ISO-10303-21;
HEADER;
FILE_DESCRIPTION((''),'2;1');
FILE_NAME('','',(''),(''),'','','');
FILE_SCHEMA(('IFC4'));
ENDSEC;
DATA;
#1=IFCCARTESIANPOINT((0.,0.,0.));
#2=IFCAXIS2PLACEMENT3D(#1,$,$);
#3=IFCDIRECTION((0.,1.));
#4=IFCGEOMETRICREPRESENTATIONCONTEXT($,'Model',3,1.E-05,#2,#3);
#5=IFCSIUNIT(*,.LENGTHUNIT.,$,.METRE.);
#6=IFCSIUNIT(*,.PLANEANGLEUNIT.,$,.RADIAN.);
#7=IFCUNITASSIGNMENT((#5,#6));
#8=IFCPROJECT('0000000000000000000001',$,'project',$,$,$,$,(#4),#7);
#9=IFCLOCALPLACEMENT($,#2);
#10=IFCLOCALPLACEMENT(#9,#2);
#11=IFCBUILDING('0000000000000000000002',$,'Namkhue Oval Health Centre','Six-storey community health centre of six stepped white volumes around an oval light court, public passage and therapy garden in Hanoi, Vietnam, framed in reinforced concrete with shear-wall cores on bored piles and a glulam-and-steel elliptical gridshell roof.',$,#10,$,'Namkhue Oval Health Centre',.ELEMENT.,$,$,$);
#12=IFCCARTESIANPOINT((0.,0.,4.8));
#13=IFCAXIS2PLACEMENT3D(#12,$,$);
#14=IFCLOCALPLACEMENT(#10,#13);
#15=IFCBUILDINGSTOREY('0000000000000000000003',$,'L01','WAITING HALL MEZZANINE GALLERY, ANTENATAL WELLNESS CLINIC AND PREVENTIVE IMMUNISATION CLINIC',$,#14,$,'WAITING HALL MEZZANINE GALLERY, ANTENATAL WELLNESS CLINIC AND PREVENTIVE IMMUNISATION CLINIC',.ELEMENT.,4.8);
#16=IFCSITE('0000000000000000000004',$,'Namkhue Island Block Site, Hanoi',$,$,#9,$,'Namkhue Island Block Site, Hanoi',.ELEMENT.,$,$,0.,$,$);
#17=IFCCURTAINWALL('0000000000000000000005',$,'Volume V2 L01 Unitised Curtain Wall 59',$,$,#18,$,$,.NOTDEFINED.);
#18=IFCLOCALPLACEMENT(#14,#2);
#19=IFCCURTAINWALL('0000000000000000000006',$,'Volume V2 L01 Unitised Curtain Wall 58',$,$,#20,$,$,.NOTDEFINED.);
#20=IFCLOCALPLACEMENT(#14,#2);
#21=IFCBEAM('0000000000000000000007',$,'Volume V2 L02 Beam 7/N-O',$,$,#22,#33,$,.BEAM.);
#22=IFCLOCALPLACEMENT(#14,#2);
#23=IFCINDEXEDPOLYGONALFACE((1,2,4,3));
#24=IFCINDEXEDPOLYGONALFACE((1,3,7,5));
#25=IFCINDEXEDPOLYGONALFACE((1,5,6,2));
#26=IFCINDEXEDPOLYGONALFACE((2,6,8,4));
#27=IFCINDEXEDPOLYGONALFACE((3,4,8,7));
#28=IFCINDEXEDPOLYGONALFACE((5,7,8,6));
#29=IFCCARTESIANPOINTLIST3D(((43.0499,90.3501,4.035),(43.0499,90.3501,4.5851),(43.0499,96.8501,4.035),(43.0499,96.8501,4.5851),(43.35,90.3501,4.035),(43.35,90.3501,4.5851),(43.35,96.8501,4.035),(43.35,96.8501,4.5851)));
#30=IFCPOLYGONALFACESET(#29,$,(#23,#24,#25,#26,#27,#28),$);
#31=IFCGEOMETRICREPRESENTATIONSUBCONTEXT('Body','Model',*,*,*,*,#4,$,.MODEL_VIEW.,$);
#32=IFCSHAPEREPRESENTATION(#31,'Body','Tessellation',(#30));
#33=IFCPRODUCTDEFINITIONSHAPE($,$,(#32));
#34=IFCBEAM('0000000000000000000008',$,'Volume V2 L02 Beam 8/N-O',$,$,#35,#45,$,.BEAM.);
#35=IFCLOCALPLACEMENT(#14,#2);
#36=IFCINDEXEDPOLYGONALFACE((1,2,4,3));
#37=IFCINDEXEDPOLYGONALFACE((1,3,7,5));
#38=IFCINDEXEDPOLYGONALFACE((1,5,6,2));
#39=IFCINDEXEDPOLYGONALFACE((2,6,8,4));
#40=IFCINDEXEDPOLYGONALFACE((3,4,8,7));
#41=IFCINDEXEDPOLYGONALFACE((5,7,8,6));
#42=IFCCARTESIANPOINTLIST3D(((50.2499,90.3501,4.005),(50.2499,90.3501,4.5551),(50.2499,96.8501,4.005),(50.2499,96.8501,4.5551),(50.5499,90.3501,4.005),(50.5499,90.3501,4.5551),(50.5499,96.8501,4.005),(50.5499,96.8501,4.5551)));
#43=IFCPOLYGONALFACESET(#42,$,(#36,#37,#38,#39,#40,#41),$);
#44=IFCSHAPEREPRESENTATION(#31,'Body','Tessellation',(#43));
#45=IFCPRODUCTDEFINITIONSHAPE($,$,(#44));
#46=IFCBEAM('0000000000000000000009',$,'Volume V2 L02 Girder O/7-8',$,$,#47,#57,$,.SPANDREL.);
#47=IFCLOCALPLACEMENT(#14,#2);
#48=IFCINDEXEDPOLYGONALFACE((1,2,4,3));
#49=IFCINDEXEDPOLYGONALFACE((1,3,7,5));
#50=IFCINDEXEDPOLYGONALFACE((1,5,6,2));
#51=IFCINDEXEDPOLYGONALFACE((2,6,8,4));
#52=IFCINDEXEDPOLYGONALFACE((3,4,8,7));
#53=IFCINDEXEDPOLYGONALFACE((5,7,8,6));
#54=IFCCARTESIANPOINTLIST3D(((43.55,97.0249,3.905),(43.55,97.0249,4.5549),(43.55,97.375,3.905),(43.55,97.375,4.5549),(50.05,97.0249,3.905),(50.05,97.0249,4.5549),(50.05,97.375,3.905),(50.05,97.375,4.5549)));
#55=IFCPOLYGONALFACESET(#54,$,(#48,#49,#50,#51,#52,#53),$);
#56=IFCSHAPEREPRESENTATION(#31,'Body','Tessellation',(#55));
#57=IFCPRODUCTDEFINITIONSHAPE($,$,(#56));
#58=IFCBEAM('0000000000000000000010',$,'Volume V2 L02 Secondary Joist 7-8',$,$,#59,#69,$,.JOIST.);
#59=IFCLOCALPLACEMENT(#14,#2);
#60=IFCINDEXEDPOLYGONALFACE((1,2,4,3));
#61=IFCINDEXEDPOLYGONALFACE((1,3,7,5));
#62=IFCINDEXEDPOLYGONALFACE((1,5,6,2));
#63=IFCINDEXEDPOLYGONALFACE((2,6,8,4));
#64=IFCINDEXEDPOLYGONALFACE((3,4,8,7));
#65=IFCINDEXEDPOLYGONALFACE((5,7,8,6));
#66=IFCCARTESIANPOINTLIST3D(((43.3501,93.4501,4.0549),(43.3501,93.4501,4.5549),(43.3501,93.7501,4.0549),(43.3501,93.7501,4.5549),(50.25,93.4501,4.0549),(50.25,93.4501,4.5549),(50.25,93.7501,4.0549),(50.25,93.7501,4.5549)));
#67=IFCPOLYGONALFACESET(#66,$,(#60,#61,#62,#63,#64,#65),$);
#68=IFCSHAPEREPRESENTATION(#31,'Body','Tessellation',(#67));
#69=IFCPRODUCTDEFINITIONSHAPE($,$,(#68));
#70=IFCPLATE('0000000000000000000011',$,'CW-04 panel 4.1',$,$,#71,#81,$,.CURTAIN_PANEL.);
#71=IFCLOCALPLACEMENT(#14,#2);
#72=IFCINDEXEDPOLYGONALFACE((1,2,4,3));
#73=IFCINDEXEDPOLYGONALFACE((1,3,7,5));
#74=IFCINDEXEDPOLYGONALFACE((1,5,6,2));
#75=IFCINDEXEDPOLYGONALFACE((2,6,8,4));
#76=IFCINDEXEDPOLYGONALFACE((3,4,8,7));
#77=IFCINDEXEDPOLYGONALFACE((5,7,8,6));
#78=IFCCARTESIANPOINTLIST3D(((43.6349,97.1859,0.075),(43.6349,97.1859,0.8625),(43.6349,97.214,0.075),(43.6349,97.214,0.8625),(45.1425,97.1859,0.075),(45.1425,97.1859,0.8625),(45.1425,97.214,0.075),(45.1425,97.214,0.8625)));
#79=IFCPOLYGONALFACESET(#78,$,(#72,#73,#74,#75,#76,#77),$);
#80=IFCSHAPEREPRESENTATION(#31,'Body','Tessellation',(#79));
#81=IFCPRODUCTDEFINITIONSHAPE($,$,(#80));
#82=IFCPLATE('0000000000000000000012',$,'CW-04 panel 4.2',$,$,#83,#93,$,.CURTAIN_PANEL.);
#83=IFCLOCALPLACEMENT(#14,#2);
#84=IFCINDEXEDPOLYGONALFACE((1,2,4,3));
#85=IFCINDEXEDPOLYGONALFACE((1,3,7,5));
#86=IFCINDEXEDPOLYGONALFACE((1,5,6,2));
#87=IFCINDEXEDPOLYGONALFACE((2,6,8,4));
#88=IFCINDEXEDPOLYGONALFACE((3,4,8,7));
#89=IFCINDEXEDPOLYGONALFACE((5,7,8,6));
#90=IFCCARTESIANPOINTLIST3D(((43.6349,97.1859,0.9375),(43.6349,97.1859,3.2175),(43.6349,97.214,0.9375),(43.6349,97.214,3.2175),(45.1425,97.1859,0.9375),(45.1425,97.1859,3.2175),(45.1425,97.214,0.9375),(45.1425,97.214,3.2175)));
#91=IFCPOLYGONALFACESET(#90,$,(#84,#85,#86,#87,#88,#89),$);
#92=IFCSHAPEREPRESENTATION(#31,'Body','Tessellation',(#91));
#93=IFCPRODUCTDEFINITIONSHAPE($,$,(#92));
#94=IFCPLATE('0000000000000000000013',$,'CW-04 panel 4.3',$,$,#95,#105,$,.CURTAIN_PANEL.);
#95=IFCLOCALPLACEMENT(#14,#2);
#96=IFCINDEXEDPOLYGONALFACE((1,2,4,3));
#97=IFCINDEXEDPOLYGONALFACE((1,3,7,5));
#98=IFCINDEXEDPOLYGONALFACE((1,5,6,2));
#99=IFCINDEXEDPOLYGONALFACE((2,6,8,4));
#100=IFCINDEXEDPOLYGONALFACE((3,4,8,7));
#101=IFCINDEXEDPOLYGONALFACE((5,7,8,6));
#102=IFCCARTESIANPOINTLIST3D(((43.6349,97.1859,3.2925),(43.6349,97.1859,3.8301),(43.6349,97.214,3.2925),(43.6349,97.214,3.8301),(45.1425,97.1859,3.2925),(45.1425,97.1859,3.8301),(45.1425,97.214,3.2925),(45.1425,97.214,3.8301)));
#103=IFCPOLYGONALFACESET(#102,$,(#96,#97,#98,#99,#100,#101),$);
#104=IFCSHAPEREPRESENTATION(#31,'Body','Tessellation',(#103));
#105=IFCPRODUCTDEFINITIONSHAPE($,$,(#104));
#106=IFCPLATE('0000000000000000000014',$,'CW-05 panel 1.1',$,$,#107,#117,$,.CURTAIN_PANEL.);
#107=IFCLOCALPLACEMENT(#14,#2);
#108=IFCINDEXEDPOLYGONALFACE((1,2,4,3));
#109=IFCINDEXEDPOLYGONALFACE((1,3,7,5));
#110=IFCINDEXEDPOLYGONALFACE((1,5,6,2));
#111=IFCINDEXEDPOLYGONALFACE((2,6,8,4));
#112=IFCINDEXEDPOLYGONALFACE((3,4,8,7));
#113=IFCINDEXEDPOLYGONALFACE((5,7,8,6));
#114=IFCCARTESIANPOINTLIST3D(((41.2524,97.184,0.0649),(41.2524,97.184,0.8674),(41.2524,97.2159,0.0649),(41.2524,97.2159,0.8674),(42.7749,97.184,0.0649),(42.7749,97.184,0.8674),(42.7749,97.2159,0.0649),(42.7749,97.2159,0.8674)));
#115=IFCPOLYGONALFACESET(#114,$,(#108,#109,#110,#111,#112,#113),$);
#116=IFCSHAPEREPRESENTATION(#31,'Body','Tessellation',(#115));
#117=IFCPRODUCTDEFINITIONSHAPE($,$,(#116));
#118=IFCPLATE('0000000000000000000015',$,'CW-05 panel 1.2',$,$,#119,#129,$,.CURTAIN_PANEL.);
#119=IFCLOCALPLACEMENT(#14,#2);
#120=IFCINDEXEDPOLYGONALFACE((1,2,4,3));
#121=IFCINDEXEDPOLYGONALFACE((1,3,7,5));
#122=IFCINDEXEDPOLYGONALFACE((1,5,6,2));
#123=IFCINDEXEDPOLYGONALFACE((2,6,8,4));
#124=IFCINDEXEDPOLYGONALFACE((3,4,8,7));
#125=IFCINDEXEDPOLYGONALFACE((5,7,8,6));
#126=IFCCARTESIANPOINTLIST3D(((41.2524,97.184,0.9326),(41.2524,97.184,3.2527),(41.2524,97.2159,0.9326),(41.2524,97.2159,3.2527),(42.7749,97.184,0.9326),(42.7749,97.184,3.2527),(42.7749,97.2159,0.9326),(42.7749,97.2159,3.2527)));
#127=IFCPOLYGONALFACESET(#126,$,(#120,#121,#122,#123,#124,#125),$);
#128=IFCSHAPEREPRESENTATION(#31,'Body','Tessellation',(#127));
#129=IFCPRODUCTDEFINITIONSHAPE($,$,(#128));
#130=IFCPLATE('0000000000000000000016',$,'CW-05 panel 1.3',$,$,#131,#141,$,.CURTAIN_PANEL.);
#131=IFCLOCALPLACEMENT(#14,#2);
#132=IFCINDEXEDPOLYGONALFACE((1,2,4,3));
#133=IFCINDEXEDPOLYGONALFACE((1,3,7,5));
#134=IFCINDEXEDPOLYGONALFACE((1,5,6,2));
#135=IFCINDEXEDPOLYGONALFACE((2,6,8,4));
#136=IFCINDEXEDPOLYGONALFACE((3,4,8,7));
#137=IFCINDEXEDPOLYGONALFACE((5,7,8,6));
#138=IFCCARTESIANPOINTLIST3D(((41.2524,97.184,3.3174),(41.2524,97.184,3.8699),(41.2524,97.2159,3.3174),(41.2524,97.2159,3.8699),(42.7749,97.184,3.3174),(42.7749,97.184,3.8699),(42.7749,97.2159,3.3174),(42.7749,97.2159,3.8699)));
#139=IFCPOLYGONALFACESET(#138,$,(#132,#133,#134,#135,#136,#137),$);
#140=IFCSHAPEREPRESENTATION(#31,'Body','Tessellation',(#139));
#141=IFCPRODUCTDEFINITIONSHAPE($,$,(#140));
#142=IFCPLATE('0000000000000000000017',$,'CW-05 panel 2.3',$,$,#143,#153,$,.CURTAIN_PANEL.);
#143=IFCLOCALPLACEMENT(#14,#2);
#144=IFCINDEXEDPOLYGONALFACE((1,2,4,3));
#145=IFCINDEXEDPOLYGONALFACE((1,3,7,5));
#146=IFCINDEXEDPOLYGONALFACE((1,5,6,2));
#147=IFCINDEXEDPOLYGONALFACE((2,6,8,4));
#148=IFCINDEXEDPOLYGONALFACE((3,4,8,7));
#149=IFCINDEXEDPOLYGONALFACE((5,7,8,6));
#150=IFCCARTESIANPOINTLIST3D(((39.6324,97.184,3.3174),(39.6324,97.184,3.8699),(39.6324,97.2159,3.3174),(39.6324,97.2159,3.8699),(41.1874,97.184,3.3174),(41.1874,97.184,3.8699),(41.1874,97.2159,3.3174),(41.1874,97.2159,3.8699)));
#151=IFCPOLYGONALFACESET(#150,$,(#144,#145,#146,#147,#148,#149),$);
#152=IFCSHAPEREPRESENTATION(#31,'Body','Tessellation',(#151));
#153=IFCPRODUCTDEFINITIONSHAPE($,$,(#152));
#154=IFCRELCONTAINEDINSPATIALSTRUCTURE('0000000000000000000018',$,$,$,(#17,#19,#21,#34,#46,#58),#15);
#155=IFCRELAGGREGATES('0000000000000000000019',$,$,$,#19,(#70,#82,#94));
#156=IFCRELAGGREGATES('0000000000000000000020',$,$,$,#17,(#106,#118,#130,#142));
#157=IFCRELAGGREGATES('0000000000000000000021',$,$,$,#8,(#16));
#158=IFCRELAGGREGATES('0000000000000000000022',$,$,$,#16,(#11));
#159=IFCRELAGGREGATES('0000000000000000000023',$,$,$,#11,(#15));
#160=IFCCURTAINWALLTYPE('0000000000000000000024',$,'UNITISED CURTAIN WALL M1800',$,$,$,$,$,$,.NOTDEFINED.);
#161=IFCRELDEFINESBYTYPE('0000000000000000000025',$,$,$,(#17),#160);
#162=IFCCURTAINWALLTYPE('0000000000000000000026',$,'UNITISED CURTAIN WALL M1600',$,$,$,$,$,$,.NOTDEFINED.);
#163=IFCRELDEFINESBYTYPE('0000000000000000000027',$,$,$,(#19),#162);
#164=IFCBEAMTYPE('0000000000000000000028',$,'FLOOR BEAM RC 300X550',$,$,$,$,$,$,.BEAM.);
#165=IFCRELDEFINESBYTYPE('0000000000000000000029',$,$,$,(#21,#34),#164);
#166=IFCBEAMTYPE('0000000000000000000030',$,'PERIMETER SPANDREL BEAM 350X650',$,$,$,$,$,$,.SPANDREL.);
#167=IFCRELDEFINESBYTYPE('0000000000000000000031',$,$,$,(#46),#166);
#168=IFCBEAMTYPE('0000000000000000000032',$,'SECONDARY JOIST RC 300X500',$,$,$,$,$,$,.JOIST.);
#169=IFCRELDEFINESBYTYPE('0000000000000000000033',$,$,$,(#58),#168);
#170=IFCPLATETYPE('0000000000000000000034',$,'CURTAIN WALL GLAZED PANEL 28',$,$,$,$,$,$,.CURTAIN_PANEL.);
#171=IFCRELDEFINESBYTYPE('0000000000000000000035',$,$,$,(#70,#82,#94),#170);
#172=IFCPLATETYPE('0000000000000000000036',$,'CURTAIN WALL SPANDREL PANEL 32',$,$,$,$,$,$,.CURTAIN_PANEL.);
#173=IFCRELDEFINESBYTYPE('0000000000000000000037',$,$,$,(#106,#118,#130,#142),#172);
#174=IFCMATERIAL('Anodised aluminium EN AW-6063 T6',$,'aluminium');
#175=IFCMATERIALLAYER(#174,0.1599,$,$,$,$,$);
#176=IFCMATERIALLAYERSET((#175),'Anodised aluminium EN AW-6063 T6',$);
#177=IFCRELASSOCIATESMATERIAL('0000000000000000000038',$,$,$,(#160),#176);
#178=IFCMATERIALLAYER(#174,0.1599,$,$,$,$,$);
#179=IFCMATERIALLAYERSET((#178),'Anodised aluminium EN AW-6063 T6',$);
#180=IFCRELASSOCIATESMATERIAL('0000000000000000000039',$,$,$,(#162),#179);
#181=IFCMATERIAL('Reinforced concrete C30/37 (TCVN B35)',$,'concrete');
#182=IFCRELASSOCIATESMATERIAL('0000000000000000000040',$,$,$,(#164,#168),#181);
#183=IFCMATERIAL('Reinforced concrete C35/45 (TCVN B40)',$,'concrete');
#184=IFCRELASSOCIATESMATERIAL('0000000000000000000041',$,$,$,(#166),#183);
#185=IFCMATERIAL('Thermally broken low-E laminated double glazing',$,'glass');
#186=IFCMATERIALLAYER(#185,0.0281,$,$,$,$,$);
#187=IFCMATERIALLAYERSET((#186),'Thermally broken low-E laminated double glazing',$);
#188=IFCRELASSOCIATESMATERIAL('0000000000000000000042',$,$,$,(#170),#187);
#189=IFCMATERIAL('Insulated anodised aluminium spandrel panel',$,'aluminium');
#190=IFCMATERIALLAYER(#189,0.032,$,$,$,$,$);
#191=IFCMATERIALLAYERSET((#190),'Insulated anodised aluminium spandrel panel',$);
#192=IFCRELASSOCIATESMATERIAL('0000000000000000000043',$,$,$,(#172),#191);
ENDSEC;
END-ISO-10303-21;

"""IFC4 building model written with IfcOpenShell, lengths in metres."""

from ifc_helpers import new_model, si_unit, direction, frame, origin, origin_2d, place, context, subcontext, project, spatial, rectangle, extrude, material, layer, layer_set, material_profile, profile_set, type_object, element, aggregate, save


model = new_model("IFC4")

# Units and contexts
model_context = context("Model", 3, precision=1e-05, world=origin(), true_north=direction((0.0, 1.0)))
body_context = subcontext(model_context, "Body", "Model", "MODEL_VIEW")
ifc_project = project(units=[si_unit("LENGTHUNIT", "METRE"), si_unit("PLANEANGLEUNIT", "RADIAN")], contexts=[model_context])

# Site, building, storey
site_placement = place(None, origin())
site = spatial("IfcSite", under=ifc_project, at=site_placement, Name="Namkhue Island Block Site, Hanoi", LongName="Namkhue Island Block Site, Hanoi", CompositionType="ELEMENT", RefElevation=0.0)
building_placement = place(site_placement, origin())
building = spatial("IfcBuilding", under=site, at=building_placement, Name="Namkhue Oval Health Centre", Description="Six-storey community health centre of six stepped white volumes around an oval light court, public passage and therapy garden in Hanoi, Vietnam, framed in reinforced concrete with shear-wall cores on bored piles and a glulam-and-steel elliptical gridshell roof.", LongName="Namkhue Oval Health Centre", CompositionType="ELEMENT")
storey_placement = place(building_placement, frame((0.0, 0.0, 4.8)))
storey = spatial("IfcBuildingStorey", under=building, at=storey_placement, Name="L01", Description="WAITING HALL MEZZANINE GALLERY, ANTENATAL WELLNESS CLINIC AND PREVENTIVE IMMUNISATION CLINIC", LongName="WAITING HALL MEZZANINE GALLERY, ANTENATAL WELLNESS CLINIC AND PREVENTIVE IMMUNISATION CLINIC", CompositionType="ELEMENT", Elevation=4.8)

# Shared definitions
ifc_material_1 = material(Name="Reinforced concrete C35/45 (TCVN B40)", Category="concrete")

# Curtain wall
ifc_material_2 = material(Name="Anodised aluminium EN AW-6063 T6", Category="aluminium")
ifc_layer_1 = layer(ifc_material_2, 0.1599)
ifc_layer_set_1 = layer_set([ifc_layer_1], Name="Anodised aluminium EN AW-6063 T6")
curtain_wall_type_1 = type_object("IfcCurtainWallType", Name="UNITISED CURTAIN WALL M1800", PredefinedType="NOTDEFINED", material=ifc_layer_set_1)
curtain_wall_1_placement = place(storey_placement, origin())
curtain_wall_1 = element("IfcCurtainWall", 1, at=curtain_wall_1_placement, inside=storey, type_object=curtain_wall_type_1, Name="Volume V2 L01 Unitised Curtain Wall 59", PredefinedType="NOTDEFINED")

# Curtain wall
ifc_layer_2 = layer(ifc_material_2, 0.1599)
ifc_layer_set_2 = layer_set([ifc_layer_2], Name="Anodised aluminium EN AW-6063 T6")
curtain_wall_type_2 = type_object("IfcCurtainWallType", Name="UNITISED CURTAIN WALL M1600", PredefinedType="NOTDEFINED", material=ifc_layer_set_2)
curtain_wall_2_placement = place(storey_placement, origin())
curtain_wall_2 = element("IfcCurtainWall", 2, at=curtain_wall_2_placement, inside=storey, type_object=curtain_wall_type_2, Name="Volume V2 L01 Unitised Curtain Wall 58", PredefinedType="NOTDEFINED")

# Beams
ifc_material_3 = material(Name="Reinforced concrete C30/37 (TCVN B35)", Category="concrete")
ifc_material_profile_1 = material_profile(ifc_material_3, rectangle(XDim=0.3, YDim=0.55, at=origin_2d()), Name="RC 300x550")
ifc_profile_set_1 = profile_set([ifc_material_profile_1], Name="Reinforced concrete C30/37 (TCVN B35)")
beam_type_1 = type_object("IfcBeamType", Name="FLOOR BEAM RC 300X550", PredefinedType="BEAM", material=ifc_profile_set_1)
for number, where, z_axis, x_axis, name in (
    (3, (43.2, 90.3501, 4.3101), (0.0, 1.0, 0.0), (-1.0, 0.0, 0.0), "Volume V2 L02 Beam 7/N-O"),
    (4, (50.3999, 90.3501, 4.28), (0.0, 1.0, 0.0), (-1.0, 0.0, 0.0), "Volume V2 L02 Beam 8/N-O"),
):
    element("IfcBeam", number, at=place(storey_placement, frame(where, z_axis=z_axis, x_axis=x_axis)), inside=storey, type_object=beam_type_1, Name=name, PredefinedType="BEAM", context=body_context, shape_type="SweptSolid", body=[
        extrude(rectangle(XDim=0.3, YDim=0.55, at=origin_2d()), origin(), (0.0, 0.0, 1.0), 6.5),
    ])
ifc_material_profile_2 = material_profile(ifc_material_1, rectangle(XDim=0.3501, YDim=0.6499, at=origin_2d()), Name="RC 350x650")
ifc_profile_set_2 = profile_set([ifc_material_profile_2], Name="Reinforced concrete C35/45 (TCVN B40)")
beam_type_2 = type_object("IfcBeamType", Name="PERIMETER SPANDREL BEAM 350X650", PredefinedType="SPANDREL", material=ifc_profile_set_2)
beam_1_placement = place(storey_placement, frame((43.55, 97.2, 4.23), z_axis=(1.0, 0.0, 0.0), x_axis=(0.0, 1.0, 0.0)))
element("IfcBeam", 5, at=beam_1_placement, inside=storey, type_object=beam_type_2, Name="Volume V2 L02 Girder O/7-8", PredefinedType="SPANDREL", context=body_context, shape_type="SweptSolid", body=[
    extrude(rectangle(XDim=0.3501, YDim=0.6499, at=origin_2d()), origin(), (0.0, 0.0, 1.0), 6.5),
])
ifc_material_profile_3 = material_profile(ifc_material_3, rectangle(XDim=0.3, YDim=0.5, at=origin_2d()), Name="RC 300x500")
ifc_profile_set_3 = profile_set([ifc_material_profile_3], Name="Reinforced concrete C30/37 (TCVN B35)")
beam_type_3 = type_object("IfcBeamType", Name="SECONDARY JOIST RC 300X500", PredefinedType="JOIST", material=ifc_profile_set_3)
beam_2_placement = place(storey_placement, frame((43.3501, 93.6001, 4.3049), z_axis=(1.0, 0.0, 0.0), x_axis=(0.0, 1.0, 0.0)))
element("IfcBeam", 6, at=beam_2_placement, inside=storey, type_object=beam_type_3, Name="Volume V2 L02 Secondary Joist 7-8", PredefinedType="JOIST", context=body_context, shape_type="SweptSolid", body=[
    extrude(rectangle(XDim=0.3, YDim=0.5, at=origin_2d()), origin(), (0.0, 0.0, 1.0), 6.8999),
])

# Plates
ifc_material_4 = material(Name="Thermally broken low-E laminated double glazing", Category="glass")
ifc_layer_3 = layer(ifc_material_4, 0.0281)
ifc_layer_set_3 = layer_set([ifc_layer_3], Name="Thermally broken low-E laminated double glazing")
plate_type_1 = type_object("IfcPlateType", Name="CURTAIN WALL GLAZED PANEL 28", PredefinedType="CURTAIN_PANEL", material=ifc_layer_set_3)
plate_1_placement = place(storey_placement, frame((44.3887, 97.2, 0.075), z_axis=(0.0, 0.0, 1.0), x_axis=(-1.0, 0.0, 0.0)))
plate_1 = element("IfcPlate", 7, at=plate_1_placement, type_object=plate_type_1, Name="CW-04 panel 4.1", PredefinedType="CURTAIN_PANEL", context=body_context, shape_type="SweptSolid", body=[
    extrude(rectangle(XDim=1.5076, YDim=0.0281, at=origin_2d()), origin(), (0.0, 0.0, 1.0), 0.7876),
])
plate_2_placement = place(storey_placement, frame((44.3887, 97.2, 0.9375), z_axis=(0.0, 0.0, 1.0), x_axis=(-1.0, 0.0, 0.0)))
plate_2 = element("IfcPlate", 8, at=plate_2_placement, type_object=plate_type_1, Name="CW-04 panel 4.2", PredefinedType="CURTAIN_PANEL", context=body_context, shape_type="SweptSolid", body=[
    extrude(rectangle(XDim=1.5076, YDim=0.0281, at=origin_2d()), origin(), (0.0, 0.0, 1.0), 2.28),
])
plate_3_placement = place(storey_placement, frame((44.3887, 97.2, 3.2925), z_axis=(0.0, 0.0, 1.0), x_axis=(-1.0, 0.0, 0.0)))
plate_3 = element("IfcPlate", 9, at=plate_3_placement, type_object=plate_type_1, Name="CW-04 panel 4.3", PredefinedType="CURTAIN_PANEL", context=body_context, shape_type="SweptSolid", body=[
    extrude(rectangle(XDim=1.5076, YDim=0.0281, at=origin_2d()), origin(), (0.0, 0.0, 1.0), 0.5376),
])
aggregate(curtain_wall_2, [plate_1, plate_2, plate_3])
ifc_material_5 = material(Name="Insulated anodised aluminium spandrel panel", Category="aluminium")
ifc_layer_4 = layer(ifc_material_5, 0.032)
ifc_layer_set_4 = layer_set([ifc_layer_4], Name="Insulated anodised aluminium spandrel panel")
plate_type_2 = type_object("IfcPlateType", Name="CURTAIN WALL SPANDREL PANEL 32", PredefinedType="CURTAIN_PANEL", material=ifc_layer_set_4)
plate_4_placement = place(storey_placement, frame((42.0137, 97.2, 0.0649), z_axis=(0.0, 0.0, 1.0), x_axis=(-1.0, 0.0, 0.0)))
plate_4 = element("IfcPlate", 10, at=plate_4_placement, type_object=plate_type_2, Name="CW-05 panel 1.1", PredefinedType="CURTAIN_PANEL", context=body_context, shape_type="SweptSolid", body=[
    extrude(rectangle(XDim=1.5225, YDim=0.032, at=origin_2d()), origin(), (0.0, 0.0, 1.0), 0.8025),
])
plate_5_placement = place(storey_placement, frame((42.0137, 97.2, 0.9326), z_axis=(0.0, 0.0, 1.0), x_axis=(-1.0, 0.0, 0.0)))
plate_5 = element("IfcPlate", 11, at=plate_5_placement, type_object=plate_type_2, Name="CW-05 panel 1.2", PredefinedType="CURTAIN_PANEL", context=body_context, shape_type="SweptSolid", body=[
    extrude(rectangle(XDim=1.5225, YDim=0.032, at=origin_2d()), origin(), (0.0, 0.0, 1.0), 2.3201),
])
plate_6_placement = place(storey_placement, frame((42.0137, 97.2, 3.3174), z_axis=(0.0, 0.0, 1.0), x_axis=(-1.0, 0.0, 0.0)))
plate_6 = element("IfcPlate", 12, at=plate_6_placement, type_object=plate_type_2, Name="CW-05 panel 1.3", PredefinedType="CURTAIN_PANEL", context=body_context, shape_type="SweptSolid", body=[
    extrude(rectangle(XDim=1.5225, YDim=0.032, at=origin_2d()), origin(), (0.0, 0.0, 1.0), 0.5525),
])
plate_7_placement = place(storey_placement, frame((40.4099, 97.2, 3.3174), z_axis=(0.0, 0.0, 1.0), x_axis=(-1.0, 0.0, 0.0)))
plate_7 = element("IfcPlate", 13, at=plate_7_placement, type_object=plate_type_2, Name="CW-05 panel 2.3", PredefinedType="CURTAIN_PANEL", context=body_context, shape_type="SweptSolid", body=[
    extrude(rectangle(XDim=1.5549, YDim=0.032, at=origin_2d()), origin(), (0.0, 0.0, 1.0), 0.5525),
])
aggregate(curtain_wall_1, [plate_4, plate_5, plate_6, plate_7])

save(model, "model.ifc")
